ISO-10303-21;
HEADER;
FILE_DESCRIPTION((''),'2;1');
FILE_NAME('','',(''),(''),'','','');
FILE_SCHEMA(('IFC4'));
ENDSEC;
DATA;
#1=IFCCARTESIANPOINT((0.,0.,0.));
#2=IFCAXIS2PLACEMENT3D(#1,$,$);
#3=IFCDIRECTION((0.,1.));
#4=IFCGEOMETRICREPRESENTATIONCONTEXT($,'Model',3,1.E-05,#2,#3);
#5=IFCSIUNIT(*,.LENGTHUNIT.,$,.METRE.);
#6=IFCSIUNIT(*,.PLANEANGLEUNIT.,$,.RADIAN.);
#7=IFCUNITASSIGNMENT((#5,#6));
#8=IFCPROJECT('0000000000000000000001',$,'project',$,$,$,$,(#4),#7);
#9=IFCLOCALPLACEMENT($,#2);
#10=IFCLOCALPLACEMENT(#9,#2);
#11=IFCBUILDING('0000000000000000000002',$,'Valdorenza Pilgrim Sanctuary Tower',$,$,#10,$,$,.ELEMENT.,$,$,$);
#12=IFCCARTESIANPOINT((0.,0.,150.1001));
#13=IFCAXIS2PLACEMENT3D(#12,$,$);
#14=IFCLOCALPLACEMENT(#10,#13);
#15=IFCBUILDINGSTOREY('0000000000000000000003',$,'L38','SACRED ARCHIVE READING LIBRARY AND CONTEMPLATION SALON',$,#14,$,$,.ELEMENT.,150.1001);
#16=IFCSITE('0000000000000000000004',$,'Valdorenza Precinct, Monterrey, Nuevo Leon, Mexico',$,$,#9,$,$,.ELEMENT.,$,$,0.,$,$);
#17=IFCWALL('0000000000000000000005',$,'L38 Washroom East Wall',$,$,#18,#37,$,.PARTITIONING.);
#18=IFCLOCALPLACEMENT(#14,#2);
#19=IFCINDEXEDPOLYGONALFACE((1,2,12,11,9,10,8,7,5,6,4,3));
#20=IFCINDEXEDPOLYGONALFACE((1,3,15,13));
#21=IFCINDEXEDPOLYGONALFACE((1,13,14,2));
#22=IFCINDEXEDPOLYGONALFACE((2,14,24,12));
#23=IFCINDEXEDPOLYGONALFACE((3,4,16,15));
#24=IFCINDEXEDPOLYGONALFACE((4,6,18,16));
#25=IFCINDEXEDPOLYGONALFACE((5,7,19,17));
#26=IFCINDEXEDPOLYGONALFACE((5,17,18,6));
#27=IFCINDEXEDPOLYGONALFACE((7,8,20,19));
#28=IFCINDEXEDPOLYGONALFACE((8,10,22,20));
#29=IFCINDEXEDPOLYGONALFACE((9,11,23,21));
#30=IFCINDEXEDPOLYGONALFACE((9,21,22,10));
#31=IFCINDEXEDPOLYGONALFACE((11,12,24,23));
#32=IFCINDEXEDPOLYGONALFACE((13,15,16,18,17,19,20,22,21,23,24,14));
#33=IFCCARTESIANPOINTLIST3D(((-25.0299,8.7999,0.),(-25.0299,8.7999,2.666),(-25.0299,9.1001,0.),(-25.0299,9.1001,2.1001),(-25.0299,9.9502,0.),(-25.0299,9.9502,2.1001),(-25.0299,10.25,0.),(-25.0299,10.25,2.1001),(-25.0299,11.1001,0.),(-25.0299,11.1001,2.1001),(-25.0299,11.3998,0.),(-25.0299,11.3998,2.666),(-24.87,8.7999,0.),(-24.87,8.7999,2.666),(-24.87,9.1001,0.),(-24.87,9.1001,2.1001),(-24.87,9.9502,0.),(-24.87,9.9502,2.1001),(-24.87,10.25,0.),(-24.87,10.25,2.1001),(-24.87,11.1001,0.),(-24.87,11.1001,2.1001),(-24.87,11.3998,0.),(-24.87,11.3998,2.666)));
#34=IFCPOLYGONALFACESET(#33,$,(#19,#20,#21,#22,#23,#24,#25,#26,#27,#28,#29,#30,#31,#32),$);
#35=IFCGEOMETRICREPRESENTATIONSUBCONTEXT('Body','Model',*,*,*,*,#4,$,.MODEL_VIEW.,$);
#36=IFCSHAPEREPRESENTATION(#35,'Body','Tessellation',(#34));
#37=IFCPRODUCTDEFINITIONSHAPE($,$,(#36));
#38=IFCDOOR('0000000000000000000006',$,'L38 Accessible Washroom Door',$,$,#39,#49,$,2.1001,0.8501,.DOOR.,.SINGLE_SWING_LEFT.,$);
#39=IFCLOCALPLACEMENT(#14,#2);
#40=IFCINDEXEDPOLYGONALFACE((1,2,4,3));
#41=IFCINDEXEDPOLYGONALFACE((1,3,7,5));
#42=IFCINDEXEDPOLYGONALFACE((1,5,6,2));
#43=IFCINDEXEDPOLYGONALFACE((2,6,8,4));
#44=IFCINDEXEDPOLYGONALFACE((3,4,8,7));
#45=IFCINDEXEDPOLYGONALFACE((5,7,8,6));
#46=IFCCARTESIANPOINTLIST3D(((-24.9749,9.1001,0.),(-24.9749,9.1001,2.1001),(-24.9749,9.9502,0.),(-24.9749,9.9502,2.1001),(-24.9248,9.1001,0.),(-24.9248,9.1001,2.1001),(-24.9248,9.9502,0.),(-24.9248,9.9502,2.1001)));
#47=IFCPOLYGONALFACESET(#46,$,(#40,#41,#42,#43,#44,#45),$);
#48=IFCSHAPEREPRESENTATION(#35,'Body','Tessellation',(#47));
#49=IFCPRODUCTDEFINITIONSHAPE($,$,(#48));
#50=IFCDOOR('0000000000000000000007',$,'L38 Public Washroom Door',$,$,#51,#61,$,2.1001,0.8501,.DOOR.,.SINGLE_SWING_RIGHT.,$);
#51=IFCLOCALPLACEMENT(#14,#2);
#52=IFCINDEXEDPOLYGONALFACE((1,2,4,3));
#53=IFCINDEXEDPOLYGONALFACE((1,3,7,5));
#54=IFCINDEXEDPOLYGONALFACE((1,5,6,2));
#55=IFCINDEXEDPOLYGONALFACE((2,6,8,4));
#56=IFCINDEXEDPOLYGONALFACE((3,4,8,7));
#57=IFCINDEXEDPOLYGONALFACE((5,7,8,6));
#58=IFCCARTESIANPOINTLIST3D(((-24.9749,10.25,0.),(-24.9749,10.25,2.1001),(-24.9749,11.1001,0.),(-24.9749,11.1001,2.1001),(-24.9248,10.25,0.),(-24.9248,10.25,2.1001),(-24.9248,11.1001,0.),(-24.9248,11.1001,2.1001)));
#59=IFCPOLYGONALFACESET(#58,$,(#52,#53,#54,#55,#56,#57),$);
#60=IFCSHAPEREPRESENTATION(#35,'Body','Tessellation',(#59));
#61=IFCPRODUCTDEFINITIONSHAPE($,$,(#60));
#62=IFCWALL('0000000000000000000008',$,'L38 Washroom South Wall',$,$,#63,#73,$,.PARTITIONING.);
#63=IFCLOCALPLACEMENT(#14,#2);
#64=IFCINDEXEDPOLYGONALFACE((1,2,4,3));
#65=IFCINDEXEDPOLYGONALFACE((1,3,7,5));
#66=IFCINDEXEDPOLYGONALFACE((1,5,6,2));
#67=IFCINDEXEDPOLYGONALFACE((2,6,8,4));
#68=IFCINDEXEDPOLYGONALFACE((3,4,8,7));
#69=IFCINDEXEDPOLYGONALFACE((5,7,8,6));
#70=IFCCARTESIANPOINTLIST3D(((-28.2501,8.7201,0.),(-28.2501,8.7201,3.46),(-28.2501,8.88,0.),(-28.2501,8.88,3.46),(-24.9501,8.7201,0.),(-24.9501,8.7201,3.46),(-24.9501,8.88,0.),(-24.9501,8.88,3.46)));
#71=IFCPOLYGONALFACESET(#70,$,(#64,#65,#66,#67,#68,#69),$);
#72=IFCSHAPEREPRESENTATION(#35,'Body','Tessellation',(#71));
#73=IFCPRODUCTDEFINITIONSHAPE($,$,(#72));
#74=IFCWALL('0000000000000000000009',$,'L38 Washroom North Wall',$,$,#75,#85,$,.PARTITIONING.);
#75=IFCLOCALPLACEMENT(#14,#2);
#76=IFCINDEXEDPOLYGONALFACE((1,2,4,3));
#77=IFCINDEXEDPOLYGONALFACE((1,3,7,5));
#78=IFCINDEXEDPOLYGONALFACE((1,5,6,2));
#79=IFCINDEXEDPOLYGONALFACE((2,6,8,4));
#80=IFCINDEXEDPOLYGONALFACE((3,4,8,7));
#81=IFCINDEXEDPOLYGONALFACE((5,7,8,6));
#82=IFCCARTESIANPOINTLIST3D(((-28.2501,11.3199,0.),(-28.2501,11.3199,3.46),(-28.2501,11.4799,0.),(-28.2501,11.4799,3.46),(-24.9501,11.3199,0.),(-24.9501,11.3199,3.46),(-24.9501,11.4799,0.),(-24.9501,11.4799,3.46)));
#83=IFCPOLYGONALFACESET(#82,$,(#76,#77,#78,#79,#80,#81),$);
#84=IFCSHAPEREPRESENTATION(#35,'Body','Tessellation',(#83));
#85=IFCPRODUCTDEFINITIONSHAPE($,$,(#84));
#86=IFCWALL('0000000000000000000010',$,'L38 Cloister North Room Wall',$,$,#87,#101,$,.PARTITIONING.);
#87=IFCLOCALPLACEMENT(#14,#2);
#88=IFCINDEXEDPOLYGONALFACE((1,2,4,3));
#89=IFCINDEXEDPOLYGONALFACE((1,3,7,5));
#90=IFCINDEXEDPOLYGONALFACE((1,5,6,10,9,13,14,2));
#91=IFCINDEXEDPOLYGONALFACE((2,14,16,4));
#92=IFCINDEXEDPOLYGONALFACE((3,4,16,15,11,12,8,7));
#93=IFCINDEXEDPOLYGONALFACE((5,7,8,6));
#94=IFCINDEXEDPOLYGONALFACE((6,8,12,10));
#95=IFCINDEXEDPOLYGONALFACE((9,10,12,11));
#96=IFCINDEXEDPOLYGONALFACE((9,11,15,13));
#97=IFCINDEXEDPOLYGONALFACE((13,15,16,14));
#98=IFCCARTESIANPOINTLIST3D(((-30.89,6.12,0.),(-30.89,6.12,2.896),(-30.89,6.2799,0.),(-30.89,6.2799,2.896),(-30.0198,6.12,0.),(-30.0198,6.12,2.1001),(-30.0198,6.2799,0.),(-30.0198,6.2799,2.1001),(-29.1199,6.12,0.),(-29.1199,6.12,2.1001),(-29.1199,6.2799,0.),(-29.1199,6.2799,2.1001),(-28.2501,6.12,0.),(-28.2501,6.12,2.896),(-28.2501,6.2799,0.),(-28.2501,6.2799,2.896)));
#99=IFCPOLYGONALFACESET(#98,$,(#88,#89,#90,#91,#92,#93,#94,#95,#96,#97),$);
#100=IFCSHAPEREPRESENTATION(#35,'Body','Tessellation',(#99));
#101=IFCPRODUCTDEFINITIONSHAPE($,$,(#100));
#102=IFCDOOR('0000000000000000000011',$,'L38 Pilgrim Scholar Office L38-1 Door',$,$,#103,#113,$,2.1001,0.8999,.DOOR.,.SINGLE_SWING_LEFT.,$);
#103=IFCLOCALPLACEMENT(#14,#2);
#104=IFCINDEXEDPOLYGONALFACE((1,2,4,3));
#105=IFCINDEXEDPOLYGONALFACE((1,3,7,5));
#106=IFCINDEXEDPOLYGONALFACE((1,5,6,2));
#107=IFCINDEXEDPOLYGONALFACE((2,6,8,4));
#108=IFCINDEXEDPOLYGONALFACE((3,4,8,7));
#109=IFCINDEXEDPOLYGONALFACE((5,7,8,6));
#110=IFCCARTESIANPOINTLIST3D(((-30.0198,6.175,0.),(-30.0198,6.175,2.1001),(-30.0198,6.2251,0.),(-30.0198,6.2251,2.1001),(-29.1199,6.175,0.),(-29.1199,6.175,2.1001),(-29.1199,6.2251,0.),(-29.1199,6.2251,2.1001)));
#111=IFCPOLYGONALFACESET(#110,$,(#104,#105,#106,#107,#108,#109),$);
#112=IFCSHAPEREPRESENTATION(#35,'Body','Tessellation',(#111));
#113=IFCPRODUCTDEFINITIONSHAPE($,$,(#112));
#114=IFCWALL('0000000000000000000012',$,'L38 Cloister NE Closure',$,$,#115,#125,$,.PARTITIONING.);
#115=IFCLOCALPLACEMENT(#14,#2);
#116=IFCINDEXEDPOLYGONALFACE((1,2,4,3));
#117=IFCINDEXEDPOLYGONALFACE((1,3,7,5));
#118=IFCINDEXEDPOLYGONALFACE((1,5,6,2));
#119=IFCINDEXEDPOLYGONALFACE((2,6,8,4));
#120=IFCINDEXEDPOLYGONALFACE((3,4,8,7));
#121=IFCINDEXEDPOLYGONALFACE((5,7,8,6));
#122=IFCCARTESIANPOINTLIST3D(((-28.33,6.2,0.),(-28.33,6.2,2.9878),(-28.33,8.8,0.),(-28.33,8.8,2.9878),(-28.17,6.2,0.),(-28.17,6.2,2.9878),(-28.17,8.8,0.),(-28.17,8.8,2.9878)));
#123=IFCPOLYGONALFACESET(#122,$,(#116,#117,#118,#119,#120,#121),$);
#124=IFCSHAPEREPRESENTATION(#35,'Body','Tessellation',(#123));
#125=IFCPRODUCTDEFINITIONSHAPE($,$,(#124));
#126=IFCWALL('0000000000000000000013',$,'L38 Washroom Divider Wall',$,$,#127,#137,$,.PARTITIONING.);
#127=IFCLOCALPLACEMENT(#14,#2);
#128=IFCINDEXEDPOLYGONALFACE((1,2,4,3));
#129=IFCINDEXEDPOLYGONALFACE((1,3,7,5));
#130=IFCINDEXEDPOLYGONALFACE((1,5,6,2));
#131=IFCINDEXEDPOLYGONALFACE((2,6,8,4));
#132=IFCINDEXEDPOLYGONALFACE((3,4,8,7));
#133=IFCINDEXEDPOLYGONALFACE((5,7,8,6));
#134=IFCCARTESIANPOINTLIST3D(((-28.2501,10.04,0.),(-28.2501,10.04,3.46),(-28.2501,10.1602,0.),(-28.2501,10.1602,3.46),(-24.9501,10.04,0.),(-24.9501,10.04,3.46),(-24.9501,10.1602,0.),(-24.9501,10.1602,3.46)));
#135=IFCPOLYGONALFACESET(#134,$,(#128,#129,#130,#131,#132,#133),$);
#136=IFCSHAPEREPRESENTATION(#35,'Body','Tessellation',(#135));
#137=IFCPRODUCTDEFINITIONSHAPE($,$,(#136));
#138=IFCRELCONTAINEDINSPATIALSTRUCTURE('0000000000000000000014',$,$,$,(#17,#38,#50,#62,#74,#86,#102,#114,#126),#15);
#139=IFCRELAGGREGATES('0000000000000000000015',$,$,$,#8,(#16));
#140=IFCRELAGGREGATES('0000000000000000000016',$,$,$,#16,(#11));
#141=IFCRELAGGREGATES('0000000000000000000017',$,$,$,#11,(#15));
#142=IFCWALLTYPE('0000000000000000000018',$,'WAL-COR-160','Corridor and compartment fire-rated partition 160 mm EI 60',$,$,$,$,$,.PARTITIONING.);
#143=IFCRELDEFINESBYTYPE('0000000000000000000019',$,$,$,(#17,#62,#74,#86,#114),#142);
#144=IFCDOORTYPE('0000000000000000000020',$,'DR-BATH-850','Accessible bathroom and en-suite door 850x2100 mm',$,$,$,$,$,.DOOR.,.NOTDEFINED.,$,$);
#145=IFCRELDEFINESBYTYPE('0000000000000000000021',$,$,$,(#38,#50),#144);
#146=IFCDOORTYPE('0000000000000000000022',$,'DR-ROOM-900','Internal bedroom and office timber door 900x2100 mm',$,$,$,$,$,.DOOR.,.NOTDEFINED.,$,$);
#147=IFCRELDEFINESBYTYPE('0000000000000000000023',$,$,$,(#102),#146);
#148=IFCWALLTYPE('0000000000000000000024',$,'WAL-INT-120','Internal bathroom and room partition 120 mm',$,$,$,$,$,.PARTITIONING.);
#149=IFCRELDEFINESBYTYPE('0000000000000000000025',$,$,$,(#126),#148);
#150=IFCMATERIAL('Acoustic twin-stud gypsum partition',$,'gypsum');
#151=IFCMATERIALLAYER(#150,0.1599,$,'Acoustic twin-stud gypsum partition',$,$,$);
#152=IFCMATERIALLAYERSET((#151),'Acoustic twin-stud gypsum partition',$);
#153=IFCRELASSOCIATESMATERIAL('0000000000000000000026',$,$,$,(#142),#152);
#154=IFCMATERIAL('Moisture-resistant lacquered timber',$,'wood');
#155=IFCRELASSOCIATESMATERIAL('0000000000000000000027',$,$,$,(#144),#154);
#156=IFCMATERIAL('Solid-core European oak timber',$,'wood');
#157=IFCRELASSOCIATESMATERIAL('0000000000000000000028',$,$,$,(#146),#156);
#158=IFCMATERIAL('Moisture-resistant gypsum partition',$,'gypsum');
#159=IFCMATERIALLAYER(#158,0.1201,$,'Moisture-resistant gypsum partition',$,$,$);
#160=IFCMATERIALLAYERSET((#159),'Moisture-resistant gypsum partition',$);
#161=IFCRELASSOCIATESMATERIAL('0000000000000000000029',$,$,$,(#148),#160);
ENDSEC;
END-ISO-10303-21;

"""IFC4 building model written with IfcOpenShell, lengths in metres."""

from ifc_helpers import new_model, si_unit, direction, frame, frame_2d, origin, place, context, subcontext, project, spatial, rectangle, extrude, material, layer, layer_set, type_object, element, fill, save


model = new_model("IFC4")

# Units and contexts
model_context = context("Model", 3, precision=1e-05, world=origin(), true_north=direction((0.0, 1.0)))
body_context = subcontext(model_context, "Body", "Model", "MODEL_VIEW")
ifc_project = project(units=[si_unit("LENGTHUNIT", "METRE"), si_unit("PLANEANGLEUNIT", "RADIAN")], contexts=[model_context])

# Site, building, storey
site_placement = place(None, origin())
site = spatial("IfcSite", under=ifc_project, at=site_placement, Name="Valdorenza Precinct, Monterrey, Nuevo Leon, Mexico", CompositionType="ELEMENT", RefElevation=0.0)
building_placement = place(site_placement, origin())
building = spatial("IfcBuilding", under=site, at=building_placement, Name="Valdorenza Pilgrim Sanctuary Tower", CompositionType="ELEMENT")
storey_placement = place(building_placement, frame((0.0, 0.0, 150.1001)))
storey = spatial("IfcBuildingStorey", under=building, at=storey_placement, Name="L38", Description="SACRED ARCHIVE READING LIBRARY AND CONTEMPLATION SALON", CompositionType="ELEMENT", Elevation=150.1001)

# Shared definitions
ifc_material_1 = material(Name="Acoustic twin-stud gypsum partition", Category="gypsum")
ifc_layer_1 = layer(ifc_material_1, 0.1599, Name="Acoustic twin-stud gypsum partition")
ifc_layer_set_1 = layer_set([ifc_layer_1], Name="Acoustic twin-stud gypsum partition")
wall_type_1 = type_object("IfcWallType", Name="WAL-COR-160", Description="Corridor and compartment fire-rated partition 160 mm EI 60", PredefinedType="PARTITIONING", material=ifc_layer_set_1)

# Wall, openings, doors
wall_1_placement = place(storey_placement, frame((-24.95, 8.8, 0.0), z_axis=(0.0, 0.0, 1.0), x_axis=(0.0, 1.0, 0.0)))
wall_1 = element("IfcWall", 1, at=wall_1_placement, inside=storey, type_object=wall_type_1, Name="L38 Washroom East Wall", PredefinedType="PARTITIONING", context=body_context, shape_type="SweptSolid", body=[
    extrude(rectangle(XDim=2.5999, YDim=0.1599, at=frame_2d((1.2998, 0.0))), origin(), (0.0, 0.0, 1.0), 2.666),
])
opening_1_placement = place(wall_1_placement, frame((0.3, 0.0, 0.0)))
opening_1 = element("IfcOpeningElement", 2, at=opening_1_placement, cuts=wall_1, PredefinedType="OPENING", context=body_context, shape_type="SweptSolid", body=[
    extrude(rectangle(XDim=0.8501, YDim=2.1001, at=frame_2d((0.425, 1.05))), frame((0.0, 0.0947, 0.0), z_axis=(0.0, -1.0, 0.0), x_axis=(1.0, 0.0, 0.0)), (0.0, 0.0, 1.0), 0.1897),
])
opening_2_placement = place(wall_1_placement, frame((1.45, 0.0, 0.0)))
opening_2 = element("IfcOpeningElement", 3, at=opening_2_placement, cuts=wall_1, PredefinedType="OPENING", context=body_context, shape_type="SweptSolid", body=[
    extrude(rectangle(XDim=0.8501, YDim=2.1001, at=frame_2d((0.425, 1.05))), frame((0.0, 0.0947, 0.0), z_axis=(0.0, -1.0, 0.0), x_axis=(1.0, 0.0, 0.0)), (0.0, 0.0, 1.0), 0.1897),
])
ifc_material_2 = material(Name="Moisture-resistant lacquered timber", Category="wood")
door_type_1 = type_object("IfcDoorType", Name="DR-BATH-850", Description="Accessible bathroom and en-suite door 850x2100 mm", OperationType="NOTDEFINED", PredefinedType="DOOR", material=ifc_material_2)
door_1_placement = place(opening_1_placement, origin())
door_1 = element("IfcDoor", 4, at=door_1_placement, inside=storey, type_object=door_type_1, Name="L38 Accessible Washroom Door", OperationType="SINGLE_SWING_LEFT", OverallHeight=2.1001, OverallWidth=0.8501, PredefinedType="DOOR", context=body_context, shape_type="SweptSolid", body=[
    extrude(rectangle(XDim=0.8501, YDim=2.1001, at=frame_2d((0.425, 1.05))), frame((0.0, 0.0249, 0.0), z_axis=(0.0, -1.0, 0.0), x_axis=(1.0, 0.0, 0.0)), (0.0, 0.0, 1.0), 0.05),
])
fill(opening_1, door_1)
door_2_placement = place(opening_2_placement, origin())
door_2 = element("IfcDoor", 5, at=door_2_placement, inside=storey, type_object=door_type_1, Name="L38 Public Washroom Door", OperationType="SINGLE_SWING_RIGHT", OverallHeight=2.1001, OverallWidth=0.8501, PredefinedType="DOOR", context=body_context, shape_type="SweptSolid", body=[
    extrude(rectangle(XDim=0.8501, YDim=2.1001, at=frame_2d((0.425, 1.05))), frame((0.0, 0.0249, 0.0), z_axis=(0.0, -1.0, 0.0), x_axis=(1.0, 0.0, 0.0)), (0.0, 0.0, 1.0), 0.05),
])
fill(opening_2, door_2)

# Walls
for number, where, z_axis, x_axis, name in (
    (6, (-28.25, 8.8, 0.0), (0.0, 0.0, 1.0), (1.0, 0.0, 0.0), "L38 Washroom South Wall"),
    (7, (-28.25, 11.3999, 0.0), (0.0, 0.0, 1.0), (1.0, 0.0, 0.0), "L38 Washroom North Wall"),
):
    element("IfcWall", number, at=place(storey_placement, frame(where, z_axis=z_axis, x_axis=x_axis)), inside=storey, type_object=wall_type_1, Name=name, PredefinedType="PARTITIONING", context=body_context, shape_type="SweptSolid", body=[
        extrude(rectangle(XDim=3.3, YDim=0.1599, at=frame_2d((1.6499, 0.0))), origin(), (0.0, 0.0, 1.0), 3.46),
    ])

# Wall, opening, door
wall_2_placement = place(storey_placement, frame((-30.8899, 6.2, 0.0), z_axis=(0.0, 0.0, 1.0), x_axis=(1.0, 0.0, 0.0)))
wall_2 = element("IfcWall", 8, at=wall_2_placement, inside=storey, type_object=wall_type_1, Name="L38 Cloister North Room Wall", PredefinedType="PARTITIONING", context=body_context, shape_type="SweptSolid", body=[
    extrude(rectangle(XDim=2.6399, YDim=0.1599, at=frame_2d((1.3198, 0.0))), origin(), (0.0, 0.0, 1.0), 2.896),
])
opening_3_placement = place(wall_2_placement, frame((0.8701, 0.0, 0.0)))
opening_3 = element("IfcOpeningElement", 9, at=opening_3_placement, cuts=wall_2, PredefinedType="OPENING", context=body_context, shape_type="SweptSolid", body=[
    extrude(rectangle(XDim=0.8999, YDim=2.1001, at=frame_2d((0.45, 1.05))), frame((0.0, 0.0947, 0.0), z_axis=(0.0, -1.0, 0.0), x_axis=(1.0, 0.0, 0.0)), (0.0, 0.0, 1.0), 0.1897),
])
ifc_material_3 = material(Name="Solid-core European oak timber", Category="wood")
door_type_2 = type_object("IfcDoorType", Name="DR-ROOM-900", Description="Internal bedroom and office timber door 900x2100 mm", OperationType="NOTDEFINED", PredefinedType="DOOR", material=ifc_material_3)
door_3_placement = place(opening_3_placement, frame((0.8999, 0.0, 0.0), z_axis=(0.0, 0.0, 1.0), x_axis=(-1.0, 0.0, 0.0)))
door_3 = element("IfcDoor", 10, at=door_3_placement, inside=storey, type_object=door_type_2, Name="L38 Pilgrim Scholar Office L38-1 Door", OperationType="SINGLE_SWING_LEFT", OverallHeight=2.1001, OverallWidth=0.8999, PredefinedType="DOOR", context=body_context, shape_type="SweptSolid", body=[
    extrude(rectangle(XDim=0.8999, YDim=2.1001, at=frame_2d((0.45, 1.05))), frame((0.0, 0.0249, 0.0), z_axis=(0.0, -1.0, 0.0), x_axis=(1.0, 0.0, 0.0)), (0.0, 0.0, 1.0), 0.05),
])
fill(opening_3, door_3)

# Walls
wall_3_placement = place(storey_placement, frame((-28.25, 6.2, 0.0), z_axis=(0.0, 0.0, 1.0), x_axis=(0.0, 1.0, 0.0)))
element("IfcWall", 11, at=wall_3_placement, inside=storey, type_object=wall_type_1, Name="L38 Cloister NE Closure", PredefinedType="PARTITIONING", context=body_context, shape_type="SweptSolid", body=[
    extrude(rectangle(XDim=2.6001, YDim=0.1599, at=frame_2d((1.3, 0.0))), origin(), (0.0, 0.0, 1.0), 2.9878),
])
ifc_material_4 = material(Name="Moisture-resistant gypsum partition", Category="gypsum")
ifc_layer_2 = layer(ifc_material_4, 0.1201, Name="Moisture-resistant gypsum partition")
ifc_layer_set_2 = layer_set([ifc_layer_2], Name="Moisture-resistant gypsum partition")
wall_type_2 = type_object("IfcWallType", Name="WAL-INT-120", Description="Internal bathroom and room partition 120 mm", PredefinedType="PARTITIONING", material=ifc_layer_set_2)
wall_4_placement = place(storey_placement, frame((-28.25, 10.1001, 0.0), z_axis=(0.0, 0.0, 1.0), x_axis=(1.0, 0.0, 0.0)))
element("IfcWall", 12, at=wall_4_placement, inside=storey, type_object=wall_type_2, Name="L38 Washroom Divider Wall", PredefinedType="PARTITIONING", context=body_context, shape_type="SweptSolid", body=[
    extrude(rectangle(XDim=3.3, YDim=0.1201, at=frame_2d((1.6499, 0.0))), origin(), (0.0, 0.0, 1.0), 3.46),
])

save(model, "model.ifc")
